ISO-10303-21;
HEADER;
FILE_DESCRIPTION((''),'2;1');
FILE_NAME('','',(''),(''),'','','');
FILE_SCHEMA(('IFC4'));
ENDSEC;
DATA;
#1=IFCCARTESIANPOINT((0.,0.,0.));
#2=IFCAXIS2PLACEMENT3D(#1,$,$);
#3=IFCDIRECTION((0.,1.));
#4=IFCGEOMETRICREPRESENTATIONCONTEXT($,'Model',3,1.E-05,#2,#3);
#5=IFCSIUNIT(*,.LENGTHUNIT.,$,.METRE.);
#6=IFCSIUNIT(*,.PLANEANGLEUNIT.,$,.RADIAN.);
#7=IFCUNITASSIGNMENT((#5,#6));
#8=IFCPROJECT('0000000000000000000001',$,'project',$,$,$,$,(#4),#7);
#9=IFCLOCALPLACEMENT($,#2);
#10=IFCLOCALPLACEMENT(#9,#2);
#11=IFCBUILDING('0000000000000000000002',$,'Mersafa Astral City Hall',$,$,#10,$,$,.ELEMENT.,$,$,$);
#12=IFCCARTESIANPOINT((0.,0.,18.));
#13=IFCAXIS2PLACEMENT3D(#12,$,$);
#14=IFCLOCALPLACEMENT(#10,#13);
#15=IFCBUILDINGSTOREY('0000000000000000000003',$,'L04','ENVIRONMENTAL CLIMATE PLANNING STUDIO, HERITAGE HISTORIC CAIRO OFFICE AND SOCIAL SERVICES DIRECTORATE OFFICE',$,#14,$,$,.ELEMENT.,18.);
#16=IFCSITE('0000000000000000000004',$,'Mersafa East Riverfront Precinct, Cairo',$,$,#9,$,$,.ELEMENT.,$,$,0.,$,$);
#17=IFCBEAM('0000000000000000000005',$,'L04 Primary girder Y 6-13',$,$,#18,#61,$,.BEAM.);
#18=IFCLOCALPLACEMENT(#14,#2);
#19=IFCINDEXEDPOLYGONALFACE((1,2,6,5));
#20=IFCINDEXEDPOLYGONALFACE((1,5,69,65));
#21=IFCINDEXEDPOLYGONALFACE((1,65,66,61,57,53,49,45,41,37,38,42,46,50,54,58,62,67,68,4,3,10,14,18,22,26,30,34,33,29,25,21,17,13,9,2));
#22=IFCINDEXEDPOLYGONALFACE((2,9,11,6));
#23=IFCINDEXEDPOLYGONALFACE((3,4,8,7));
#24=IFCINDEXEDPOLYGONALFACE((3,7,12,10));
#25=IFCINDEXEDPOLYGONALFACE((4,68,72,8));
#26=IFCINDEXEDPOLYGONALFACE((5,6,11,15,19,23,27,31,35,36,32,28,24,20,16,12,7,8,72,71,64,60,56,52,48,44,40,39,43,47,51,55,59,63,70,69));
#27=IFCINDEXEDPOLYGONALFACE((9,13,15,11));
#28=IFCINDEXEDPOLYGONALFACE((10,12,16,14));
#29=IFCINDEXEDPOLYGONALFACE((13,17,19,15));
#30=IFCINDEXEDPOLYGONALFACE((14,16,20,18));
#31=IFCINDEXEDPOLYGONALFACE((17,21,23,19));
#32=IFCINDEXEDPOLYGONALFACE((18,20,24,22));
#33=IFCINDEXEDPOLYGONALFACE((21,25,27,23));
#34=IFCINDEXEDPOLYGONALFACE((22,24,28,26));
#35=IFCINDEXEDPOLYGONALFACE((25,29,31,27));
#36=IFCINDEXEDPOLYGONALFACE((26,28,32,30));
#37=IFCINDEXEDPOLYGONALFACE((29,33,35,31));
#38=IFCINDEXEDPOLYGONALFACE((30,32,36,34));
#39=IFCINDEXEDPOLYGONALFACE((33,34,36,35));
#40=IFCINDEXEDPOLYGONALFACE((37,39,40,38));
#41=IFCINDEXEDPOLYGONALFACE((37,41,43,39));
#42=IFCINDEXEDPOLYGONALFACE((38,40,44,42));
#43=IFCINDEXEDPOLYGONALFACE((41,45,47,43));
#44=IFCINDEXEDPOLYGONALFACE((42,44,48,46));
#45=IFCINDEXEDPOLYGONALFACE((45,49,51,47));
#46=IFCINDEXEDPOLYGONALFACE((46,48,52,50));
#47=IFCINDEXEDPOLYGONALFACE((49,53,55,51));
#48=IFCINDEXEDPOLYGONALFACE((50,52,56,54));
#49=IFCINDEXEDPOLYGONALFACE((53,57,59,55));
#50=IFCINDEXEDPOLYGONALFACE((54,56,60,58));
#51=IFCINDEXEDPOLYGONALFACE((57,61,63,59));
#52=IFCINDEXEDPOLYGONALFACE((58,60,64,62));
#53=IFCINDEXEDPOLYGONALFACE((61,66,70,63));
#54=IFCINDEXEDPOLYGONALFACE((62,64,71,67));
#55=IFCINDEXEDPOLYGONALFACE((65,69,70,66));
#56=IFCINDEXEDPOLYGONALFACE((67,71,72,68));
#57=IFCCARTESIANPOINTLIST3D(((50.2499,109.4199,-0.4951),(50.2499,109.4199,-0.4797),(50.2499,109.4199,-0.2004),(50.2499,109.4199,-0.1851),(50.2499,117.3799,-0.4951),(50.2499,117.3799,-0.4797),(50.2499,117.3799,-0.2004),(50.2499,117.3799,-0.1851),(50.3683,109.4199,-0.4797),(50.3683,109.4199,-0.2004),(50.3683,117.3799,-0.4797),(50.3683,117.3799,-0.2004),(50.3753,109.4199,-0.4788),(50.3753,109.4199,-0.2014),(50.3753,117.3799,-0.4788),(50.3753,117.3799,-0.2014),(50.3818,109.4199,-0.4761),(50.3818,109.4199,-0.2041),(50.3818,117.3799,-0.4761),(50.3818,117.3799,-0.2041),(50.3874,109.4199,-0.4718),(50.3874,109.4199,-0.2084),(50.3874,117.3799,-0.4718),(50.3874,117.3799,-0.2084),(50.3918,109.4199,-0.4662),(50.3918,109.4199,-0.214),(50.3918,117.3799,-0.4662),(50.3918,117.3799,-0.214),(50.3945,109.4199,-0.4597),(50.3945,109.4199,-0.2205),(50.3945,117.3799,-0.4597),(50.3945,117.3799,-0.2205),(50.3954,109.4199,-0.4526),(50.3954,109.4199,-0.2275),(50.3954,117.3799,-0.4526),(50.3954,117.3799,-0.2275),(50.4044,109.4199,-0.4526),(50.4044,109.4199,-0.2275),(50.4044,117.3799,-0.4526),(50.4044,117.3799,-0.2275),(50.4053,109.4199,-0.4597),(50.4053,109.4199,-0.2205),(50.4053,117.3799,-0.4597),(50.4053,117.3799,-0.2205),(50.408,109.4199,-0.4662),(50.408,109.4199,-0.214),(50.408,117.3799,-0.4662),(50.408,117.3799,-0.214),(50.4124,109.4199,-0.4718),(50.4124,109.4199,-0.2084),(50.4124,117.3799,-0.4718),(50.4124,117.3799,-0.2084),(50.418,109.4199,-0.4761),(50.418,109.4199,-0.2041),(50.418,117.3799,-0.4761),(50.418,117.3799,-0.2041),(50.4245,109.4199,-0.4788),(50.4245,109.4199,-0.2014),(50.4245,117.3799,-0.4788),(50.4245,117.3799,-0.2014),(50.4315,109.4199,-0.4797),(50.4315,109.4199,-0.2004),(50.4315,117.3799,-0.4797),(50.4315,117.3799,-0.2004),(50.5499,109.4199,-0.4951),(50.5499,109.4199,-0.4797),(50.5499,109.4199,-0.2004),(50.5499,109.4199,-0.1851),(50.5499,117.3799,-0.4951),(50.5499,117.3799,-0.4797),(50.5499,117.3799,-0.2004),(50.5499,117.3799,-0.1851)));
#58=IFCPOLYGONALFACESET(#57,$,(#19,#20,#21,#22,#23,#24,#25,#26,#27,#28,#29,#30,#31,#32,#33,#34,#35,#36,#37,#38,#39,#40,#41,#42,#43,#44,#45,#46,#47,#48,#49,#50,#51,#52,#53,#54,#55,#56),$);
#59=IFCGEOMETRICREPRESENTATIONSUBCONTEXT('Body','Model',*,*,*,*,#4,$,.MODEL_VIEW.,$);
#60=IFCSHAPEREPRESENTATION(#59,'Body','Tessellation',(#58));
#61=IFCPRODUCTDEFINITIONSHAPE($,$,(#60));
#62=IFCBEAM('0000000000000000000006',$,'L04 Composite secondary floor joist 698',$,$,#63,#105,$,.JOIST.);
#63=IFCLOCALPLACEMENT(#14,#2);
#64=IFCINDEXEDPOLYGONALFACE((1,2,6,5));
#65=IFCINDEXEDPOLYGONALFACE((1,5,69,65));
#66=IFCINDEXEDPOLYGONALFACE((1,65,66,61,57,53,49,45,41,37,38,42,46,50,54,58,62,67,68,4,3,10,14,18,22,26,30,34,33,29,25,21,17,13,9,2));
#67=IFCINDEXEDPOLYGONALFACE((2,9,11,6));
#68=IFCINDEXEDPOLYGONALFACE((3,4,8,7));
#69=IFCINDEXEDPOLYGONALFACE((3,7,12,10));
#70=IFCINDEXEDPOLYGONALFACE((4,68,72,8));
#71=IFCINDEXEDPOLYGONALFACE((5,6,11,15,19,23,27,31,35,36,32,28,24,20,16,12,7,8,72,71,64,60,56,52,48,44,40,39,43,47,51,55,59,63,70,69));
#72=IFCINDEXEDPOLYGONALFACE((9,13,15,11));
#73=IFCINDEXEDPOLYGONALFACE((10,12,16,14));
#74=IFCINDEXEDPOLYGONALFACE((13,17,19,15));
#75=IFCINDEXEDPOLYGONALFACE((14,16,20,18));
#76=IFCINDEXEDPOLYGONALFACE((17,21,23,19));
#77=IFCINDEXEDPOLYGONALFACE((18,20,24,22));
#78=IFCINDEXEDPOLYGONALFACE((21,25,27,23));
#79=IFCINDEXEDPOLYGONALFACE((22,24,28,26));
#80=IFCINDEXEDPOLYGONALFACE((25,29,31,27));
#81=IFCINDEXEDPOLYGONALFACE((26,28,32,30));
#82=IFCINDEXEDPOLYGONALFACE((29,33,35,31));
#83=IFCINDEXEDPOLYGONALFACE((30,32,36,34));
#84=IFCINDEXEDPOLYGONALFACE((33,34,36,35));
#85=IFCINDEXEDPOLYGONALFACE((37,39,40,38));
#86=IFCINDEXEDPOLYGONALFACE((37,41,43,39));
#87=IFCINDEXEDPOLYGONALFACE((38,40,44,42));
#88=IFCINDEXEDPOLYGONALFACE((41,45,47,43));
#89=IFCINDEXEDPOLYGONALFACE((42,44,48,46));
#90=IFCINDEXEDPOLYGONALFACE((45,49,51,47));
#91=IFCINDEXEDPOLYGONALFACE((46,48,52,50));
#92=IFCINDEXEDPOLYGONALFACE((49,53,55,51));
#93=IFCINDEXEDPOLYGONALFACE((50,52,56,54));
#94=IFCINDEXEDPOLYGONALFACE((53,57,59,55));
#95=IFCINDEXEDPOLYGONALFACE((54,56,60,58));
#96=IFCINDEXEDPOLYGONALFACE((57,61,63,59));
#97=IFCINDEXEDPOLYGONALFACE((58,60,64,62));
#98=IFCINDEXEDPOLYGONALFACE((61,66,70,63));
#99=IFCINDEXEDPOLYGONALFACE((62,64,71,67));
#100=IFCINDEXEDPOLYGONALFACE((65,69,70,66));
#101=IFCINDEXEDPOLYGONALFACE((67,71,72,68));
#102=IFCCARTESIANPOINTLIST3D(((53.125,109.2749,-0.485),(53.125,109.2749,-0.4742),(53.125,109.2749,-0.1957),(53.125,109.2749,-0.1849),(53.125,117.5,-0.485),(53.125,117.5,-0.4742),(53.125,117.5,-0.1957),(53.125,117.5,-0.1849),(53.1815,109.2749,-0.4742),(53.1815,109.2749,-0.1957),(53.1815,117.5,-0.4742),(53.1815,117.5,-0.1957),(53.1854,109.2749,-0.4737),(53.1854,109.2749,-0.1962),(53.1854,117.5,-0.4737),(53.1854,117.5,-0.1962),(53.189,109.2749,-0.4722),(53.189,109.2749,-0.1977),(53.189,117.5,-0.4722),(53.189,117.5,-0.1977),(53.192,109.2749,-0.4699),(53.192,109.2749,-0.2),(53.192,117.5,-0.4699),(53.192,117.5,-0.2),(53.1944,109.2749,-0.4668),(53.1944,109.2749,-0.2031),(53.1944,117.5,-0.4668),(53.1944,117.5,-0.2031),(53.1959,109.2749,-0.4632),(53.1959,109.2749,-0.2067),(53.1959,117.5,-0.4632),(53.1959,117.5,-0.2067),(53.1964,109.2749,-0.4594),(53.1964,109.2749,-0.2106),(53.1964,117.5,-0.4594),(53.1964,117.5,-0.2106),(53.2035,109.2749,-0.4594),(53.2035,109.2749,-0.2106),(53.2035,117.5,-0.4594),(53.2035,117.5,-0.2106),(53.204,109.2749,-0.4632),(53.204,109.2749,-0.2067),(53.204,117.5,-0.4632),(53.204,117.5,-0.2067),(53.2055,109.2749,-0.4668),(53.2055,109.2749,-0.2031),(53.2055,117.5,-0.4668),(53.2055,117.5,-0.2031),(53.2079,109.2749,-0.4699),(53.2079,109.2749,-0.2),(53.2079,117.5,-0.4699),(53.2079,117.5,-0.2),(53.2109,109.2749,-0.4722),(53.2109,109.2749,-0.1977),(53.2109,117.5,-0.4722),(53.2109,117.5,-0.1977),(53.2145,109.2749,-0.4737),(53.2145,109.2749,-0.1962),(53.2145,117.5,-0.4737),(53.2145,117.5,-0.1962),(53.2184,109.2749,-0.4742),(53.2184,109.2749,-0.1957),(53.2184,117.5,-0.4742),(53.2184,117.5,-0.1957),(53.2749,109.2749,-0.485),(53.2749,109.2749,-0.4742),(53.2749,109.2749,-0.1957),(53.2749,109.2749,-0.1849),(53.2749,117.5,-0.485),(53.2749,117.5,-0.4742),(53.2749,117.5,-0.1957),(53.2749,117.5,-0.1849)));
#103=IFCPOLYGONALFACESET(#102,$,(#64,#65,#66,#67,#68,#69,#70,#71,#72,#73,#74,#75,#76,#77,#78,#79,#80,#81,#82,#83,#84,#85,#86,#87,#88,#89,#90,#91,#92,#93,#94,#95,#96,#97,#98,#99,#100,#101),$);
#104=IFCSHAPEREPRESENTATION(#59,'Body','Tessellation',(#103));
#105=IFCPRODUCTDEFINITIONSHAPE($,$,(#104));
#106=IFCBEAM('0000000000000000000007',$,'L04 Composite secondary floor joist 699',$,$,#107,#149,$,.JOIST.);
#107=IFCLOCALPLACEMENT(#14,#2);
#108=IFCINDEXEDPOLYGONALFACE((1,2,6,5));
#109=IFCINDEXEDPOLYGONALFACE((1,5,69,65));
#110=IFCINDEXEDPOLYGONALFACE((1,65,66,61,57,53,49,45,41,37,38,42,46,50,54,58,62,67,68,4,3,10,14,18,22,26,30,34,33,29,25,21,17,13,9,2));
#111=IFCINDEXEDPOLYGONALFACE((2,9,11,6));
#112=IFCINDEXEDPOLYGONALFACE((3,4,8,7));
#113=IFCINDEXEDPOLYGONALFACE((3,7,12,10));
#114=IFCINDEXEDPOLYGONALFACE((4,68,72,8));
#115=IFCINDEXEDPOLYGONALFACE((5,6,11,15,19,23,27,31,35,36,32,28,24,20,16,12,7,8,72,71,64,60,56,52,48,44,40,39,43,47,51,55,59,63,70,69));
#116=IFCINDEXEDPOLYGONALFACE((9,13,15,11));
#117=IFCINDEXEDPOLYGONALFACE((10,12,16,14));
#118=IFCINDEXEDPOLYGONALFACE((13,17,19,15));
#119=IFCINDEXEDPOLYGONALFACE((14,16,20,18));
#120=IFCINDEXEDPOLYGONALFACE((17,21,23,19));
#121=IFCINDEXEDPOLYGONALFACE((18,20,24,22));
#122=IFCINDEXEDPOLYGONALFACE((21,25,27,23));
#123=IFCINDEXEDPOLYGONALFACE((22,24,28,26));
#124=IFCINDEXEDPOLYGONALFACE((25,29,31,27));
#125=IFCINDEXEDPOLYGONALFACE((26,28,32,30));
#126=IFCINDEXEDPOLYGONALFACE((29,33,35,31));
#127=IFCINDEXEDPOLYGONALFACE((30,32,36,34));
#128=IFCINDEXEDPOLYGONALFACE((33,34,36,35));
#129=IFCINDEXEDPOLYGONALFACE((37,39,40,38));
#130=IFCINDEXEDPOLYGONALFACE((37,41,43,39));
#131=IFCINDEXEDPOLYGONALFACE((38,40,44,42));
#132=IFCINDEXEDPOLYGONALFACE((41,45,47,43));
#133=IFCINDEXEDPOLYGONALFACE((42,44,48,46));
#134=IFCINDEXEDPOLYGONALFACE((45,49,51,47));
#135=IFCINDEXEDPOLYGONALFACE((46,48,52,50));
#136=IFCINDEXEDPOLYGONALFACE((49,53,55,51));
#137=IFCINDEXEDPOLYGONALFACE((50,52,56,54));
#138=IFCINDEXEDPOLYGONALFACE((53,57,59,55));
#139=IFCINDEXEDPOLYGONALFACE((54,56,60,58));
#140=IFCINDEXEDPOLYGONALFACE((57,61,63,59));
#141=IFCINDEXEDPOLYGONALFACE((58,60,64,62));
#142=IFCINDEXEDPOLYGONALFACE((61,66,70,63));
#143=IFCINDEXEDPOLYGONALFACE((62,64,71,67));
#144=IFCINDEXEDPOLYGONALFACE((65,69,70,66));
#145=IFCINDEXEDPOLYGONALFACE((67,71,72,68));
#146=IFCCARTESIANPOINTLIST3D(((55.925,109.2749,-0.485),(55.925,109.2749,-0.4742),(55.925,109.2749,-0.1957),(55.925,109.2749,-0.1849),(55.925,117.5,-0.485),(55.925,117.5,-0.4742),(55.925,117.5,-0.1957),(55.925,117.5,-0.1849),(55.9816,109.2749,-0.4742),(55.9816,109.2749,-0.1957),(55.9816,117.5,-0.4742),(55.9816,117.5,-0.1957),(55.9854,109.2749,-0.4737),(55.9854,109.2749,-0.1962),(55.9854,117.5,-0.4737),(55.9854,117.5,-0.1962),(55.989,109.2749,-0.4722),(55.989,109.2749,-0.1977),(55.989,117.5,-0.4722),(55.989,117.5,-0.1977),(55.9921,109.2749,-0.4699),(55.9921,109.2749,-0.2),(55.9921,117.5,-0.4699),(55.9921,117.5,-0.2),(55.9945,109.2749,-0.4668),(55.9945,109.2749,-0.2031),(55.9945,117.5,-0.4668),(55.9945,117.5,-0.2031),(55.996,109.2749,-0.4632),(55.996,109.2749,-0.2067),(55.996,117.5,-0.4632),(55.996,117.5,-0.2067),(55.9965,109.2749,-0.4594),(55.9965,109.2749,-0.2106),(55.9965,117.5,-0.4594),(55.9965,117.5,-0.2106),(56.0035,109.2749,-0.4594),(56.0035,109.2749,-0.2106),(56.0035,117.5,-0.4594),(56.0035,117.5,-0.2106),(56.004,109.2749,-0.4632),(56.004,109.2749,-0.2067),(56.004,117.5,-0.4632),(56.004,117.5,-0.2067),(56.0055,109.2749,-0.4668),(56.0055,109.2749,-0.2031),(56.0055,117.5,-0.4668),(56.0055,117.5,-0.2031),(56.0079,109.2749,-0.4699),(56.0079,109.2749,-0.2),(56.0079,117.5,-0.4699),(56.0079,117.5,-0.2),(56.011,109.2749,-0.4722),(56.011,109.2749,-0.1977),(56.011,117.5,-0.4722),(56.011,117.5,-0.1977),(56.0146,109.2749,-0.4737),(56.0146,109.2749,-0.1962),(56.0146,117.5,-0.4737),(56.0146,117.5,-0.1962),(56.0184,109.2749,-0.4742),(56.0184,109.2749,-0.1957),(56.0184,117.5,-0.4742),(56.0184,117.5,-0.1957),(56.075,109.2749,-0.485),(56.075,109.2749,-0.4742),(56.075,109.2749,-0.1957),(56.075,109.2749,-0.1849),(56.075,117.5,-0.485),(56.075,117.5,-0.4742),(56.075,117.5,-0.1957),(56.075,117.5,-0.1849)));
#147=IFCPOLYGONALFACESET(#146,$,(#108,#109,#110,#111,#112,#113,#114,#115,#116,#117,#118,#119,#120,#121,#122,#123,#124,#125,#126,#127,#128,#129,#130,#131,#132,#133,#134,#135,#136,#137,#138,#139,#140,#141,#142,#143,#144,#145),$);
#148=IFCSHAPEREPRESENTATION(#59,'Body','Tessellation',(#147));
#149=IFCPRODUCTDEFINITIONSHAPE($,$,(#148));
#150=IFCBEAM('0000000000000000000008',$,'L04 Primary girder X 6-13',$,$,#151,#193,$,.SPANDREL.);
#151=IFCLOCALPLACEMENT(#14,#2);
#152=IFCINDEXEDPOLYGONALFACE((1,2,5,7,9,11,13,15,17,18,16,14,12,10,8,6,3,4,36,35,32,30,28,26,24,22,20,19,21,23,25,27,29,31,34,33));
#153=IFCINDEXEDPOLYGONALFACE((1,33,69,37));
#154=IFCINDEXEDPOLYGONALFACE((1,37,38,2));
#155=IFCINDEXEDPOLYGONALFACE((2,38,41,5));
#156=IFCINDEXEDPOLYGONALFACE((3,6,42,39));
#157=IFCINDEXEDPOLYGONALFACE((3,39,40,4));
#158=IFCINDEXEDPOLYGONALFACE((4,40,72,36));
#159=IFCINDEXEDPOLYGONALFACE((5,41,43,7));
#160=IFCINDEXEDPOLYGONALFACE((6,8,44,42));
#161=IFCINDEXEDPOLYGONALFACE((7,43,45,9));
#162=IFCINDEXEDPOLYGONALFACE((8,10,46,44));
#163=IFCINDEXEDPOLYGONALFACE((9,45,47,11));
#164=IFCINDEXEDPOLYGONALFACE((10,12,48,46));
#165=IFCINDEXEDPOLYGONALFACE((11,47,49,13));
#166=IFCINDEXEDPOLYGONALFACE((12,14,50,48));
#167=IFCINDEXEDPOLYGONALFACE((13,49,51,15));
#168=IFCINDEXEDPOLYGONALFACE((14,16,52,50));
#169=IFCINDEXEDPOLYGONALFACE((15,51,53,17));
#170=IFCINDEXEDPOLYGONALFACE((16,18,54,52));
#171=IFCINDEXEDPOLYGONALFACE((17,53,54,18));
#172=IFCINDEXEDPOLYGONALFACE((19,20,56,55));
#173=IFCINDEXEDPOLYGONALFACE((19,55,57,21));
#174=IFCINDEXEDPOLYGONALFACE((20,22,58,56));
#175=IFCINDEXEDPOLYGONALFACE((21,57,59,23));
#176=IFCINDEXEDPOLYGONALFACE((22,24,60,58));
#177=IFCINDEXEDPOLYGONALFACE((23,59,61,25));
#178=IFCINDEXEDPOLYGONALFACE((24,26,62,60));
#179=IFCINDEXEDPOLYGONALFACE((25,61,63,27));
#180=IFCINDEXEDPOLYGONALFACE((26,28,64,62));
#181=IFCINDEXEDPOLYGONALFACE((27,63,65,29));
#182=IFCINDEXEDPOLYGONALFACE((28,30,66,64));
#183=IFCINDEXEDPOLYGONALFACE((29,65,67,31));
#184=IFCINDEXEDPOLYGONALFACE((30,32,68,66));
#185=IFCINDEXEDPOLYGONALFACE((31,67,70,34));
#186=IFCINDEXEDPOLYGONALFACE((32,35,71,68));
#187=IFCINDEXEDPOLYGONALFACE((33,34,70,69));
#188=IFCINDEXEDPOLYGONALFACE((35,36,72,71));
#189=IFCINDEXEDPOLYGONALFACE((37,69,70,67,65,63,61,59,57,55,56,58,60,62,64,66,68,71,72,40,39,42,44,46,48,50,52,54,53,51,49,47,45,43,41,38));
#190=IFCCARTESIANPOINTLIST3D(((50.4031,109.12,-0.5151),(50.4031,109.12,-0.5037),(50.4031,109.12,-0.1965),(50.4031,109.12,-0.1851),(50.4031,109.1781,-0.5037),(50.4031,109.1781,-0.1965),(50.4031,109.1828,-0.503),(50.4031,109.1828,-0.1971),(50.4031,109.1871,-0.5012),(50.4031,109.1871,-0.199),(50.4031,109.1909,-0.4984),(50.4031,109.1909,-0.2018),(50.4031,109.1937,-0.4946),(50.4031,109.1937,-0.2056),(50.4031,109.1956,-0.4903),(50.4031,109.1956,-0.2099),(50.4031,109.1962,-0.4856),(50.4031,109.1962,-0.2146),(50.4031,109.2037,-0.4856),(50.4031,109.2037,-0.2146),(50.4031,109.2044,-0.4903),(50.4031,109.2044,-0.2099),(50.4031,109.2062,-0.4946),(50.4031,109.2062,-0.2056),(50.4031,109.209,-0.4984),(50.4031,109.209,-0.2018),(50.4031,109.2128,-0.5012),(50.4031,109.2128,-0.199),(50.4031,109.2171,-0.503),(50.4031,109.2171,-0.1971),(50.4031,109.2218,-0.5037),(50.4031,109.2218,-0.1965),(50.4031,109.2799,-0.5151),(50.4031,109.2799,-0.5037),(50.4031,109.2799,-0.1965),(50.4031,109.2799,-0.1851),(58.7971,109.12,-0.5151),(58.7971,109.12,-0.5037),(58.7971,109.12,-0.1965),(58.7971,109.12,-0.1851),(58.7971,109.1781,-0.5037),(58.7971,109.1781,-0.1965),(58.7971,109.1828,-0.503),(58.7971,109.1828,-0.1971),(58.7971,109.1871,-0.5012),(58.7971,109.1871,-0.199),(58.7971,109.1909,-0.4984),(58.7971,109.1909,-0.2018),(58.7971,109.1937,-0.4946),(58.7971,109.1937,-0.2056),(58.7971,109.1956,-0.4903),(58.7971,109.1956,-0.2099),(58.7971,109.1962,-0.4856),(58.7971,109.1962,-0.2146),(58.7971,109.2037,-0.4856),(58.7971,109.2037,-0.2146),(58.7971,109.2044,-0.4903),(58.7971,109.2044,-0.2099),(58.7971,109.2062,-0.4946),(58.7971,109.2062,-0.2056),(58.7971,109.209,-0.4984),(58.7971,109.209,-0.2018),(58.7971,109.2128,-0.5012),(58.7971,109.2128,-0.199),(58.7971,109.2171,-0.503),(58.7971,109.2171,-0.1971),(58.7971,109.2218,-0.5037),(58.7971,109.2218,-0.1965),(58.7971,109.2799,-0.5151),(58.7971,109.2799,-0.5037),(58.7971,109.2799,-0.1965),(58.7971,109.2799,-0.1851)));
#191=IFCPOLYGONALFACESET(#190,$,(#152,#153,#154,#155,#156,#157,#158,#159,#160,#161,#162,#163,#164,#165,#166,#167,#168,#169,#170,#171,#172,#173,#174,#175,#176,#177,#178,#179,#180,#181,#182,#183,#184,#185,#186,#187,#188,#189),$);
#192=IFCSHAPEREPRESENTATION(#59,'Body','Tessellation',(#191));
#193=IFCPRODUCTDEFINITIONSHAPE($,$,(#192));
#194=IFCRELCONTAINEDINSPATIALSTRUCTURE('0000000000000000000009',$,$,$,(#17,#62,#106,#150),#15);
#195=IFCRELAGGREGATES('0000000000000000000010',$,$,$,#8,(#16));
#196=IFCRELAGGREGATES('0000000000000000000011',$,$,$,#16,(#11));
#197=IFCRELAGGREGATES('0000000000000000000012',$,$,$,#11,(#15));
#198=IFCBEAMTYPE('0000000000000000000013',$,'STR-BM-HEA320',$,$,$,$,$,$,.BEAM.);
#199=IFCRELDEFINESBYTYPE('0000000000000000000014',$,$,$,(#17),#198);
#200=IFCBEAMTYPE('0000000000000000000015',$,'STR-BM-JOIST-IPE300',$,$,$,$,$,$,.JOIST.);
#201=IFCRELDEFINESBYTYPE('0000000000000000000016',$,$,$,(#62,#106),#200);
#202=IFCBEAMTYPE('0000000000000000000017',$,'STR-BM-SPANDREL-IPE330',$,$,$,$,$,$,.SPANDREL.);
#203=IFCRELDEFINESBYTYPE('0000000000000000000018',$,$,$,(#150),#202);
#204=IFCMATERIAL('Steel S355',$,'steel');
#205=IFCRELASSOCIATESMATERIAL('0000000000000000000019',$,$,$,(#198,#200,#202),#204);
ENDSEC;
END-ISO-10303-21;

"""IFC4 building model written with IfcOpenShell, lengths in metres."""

from ifc_helpers import new_model, si_unit, direction, frame, origin, origin_2d, place, context, subcontext, project, spatial, i_section, extrude, material, material_profile, profile_set, type_object, element, save


model = new_model("IFC4")

# Units and contexts
model_context = context("Model", 3, precision=1e-05, world=origin(), true_north=direction((0.0, 1.0)))
body_context = subcontext(model_context, "Body", "Model", "MODEL_VIEW")
ifc_project = project(units=[si_unit("LENGTHUNIT", "METRE"), si_unit("PLANEANGLEUNIT", "RADIAN")], contexts=[model_context])

# Site, building, storey
site_placement = place(None, origin())
site = spatial("IfcSite", under=ifc_project, at=site_placement, Name="Mersafa East Riverfront Precinct, Cairo", CompositionType="ELEMENT", RefElevation=0.0)
building_placement = place(site_placement, origin())
building = spatial("IfcBuilding", under=site, at=building_placement, Name="Mersafa Astral City Hall", CompositionType="ELEMENT")
storey_placement = place(building_placement, frame((0.0, 0.0, 18.0)))
storey = spatial("IfcBuildingStorey", under=building, at=storey_placement, Name="L04", Description="ENVIRONMENTAL CLIMATE PLANNING STUDIO, HERITAGE HISTORIC CAIRO OFFICE AND SOCIAL SERVICES DIRECTORATE OFFICE", CompositionType="ELEMENT", Elevation=18.0)

# Shared definitions
ifc_material_1 = material(Name="Steel S355", Category="steel")

# Beams
ifc_material_profile_1 = material_profile(ifc_material_1, i_section(OverallWidth=0.3, OverallDepth=0.3101, WebThickness=0.009, FlangeThickness=0.0154, FilletRadius=0.0271, at=origin_2d()), Name="HEA 320")
ifc_profile_set_1 = profile_set([ifc_material_profile_1], Name="Steel S355")
beam_type_1 = type_object("IfcBeamType", Name="STR-BM-HEA320", PredefinedType="BEAM", material=ifc_profile_set_1)
beam_1_placement = place(storey_placement, frame((50.3999, 109.4199, -0.3401), z_axis=(0.0, 1.0, 0.0), x_axis=(-1.0, 0.0, 0.0)))
element("IfcBeam", 1, at=beam_1_placement, inside=storey, type_object=beam_type_1, Name="L04 Primary girder Y 6-13", PredefinedType="BEAM", context=body_context, shape_type="SweptSolid", body=[
    extrude(i_section(OverallWidth=0.3, OverallDepth=0.3101, WebThickness=0.009, FlangeThickness=0.0154, FilletRadius=0.0271, at=origin_2d()), origin(), (0.0, 0.0, 1.0), 7.96),
])
ifc_material_profile_2 = material_profile(ifc_material_1, i_section(OverallWidth=0.1499, OverallDepth=0.3, WebThickness=0.0071, FlangeThickness=0.0107, FilletRadius=0.0149, at=origin_2d()), Name="IPE 300")
ifc_profile_set_2 = profile_set([ifc_material_profile_2], Name="Steel S355")
beam_type_2 = type_object("IfcBeamType", Name="STR-BM-JOIST-IPE300", PredefinedType="JOIST", material=ifc_profile_set_2)
for number, where, z_axis, x_axis, name in (
    (2, (53.2, 109.2749, -0.335), (0.0, 1.0, 0.0), (-1.0, 0.0, 0.0), "L04 Composite secondary floor joist 698"),
    (3, (56.0, 109.2749, -0.335), (0.0, 1.0, 0.0), (-1.0, 0.0, 0.0), "L04 Composite secondary floor joist 699"),
):
    element("IfcBeam", number, at=place(storey_placement, frame(where, z_axis=z_axis, x_axis=x_axis)), inside=storey, type_object=beam_type_2, Name=name, PredefinedType="JOIST", context=body_context, shape_type="SweptSolid", body=[
        extrude(i_section(OverallWidth=0.1499, OverallDepth=0.3, WebThickness=0.0071, FlangeThickness=0.0107, FilletRadius=0.0149, at=origin_2d()), origin(), (0.0, 0.0, 1.0), 8.2251),
    ])
ifc_material_profile_3 = material_profile(ifc_material_1, i_section(OverallWidth=0.1599, OverallDepth=0.3301, WebThickness=0.0076, FlangeThickness=0.0115, FilletRadius=0.0181, at=origin_2d()), Name="IPE 330")
ifc_profile_set_3 = profile_set([ifc_material_profile_3], Name="Steel S355")
beam_type_3 = type_object("IfcBeamType", Name="STR-BM-SPANDREL-IPE330", PredefinedType="SPANDREL", material=ifc_profile_set_3)
beam_2_placement = place(storey_placement, frame((50.4031, 109.2, -0.3501), z_axis=(1.0, 0.0, 0.0), x_axis=(0.0, 1.0, 0.0)))
element("IfcBeam", 4, at=beam_2_placement, inside=storey, type_object=beam_type_3, Name="L04 Primary girder X 6-13", PredefinedType="SPANDREL", context=body_context, shape_type="SweptSolid", body=[
    extrude(i_section(OverallWidth=0.1599, OverallDepth=0.3301, WebThickness=0.0076, FlangeThickness=0.0115, FilletRadius=0.0181, at=origin_2d()), origin(), (0.0, 0.0, 1.0), 8.394),
])

save(model, "model.ifc")
